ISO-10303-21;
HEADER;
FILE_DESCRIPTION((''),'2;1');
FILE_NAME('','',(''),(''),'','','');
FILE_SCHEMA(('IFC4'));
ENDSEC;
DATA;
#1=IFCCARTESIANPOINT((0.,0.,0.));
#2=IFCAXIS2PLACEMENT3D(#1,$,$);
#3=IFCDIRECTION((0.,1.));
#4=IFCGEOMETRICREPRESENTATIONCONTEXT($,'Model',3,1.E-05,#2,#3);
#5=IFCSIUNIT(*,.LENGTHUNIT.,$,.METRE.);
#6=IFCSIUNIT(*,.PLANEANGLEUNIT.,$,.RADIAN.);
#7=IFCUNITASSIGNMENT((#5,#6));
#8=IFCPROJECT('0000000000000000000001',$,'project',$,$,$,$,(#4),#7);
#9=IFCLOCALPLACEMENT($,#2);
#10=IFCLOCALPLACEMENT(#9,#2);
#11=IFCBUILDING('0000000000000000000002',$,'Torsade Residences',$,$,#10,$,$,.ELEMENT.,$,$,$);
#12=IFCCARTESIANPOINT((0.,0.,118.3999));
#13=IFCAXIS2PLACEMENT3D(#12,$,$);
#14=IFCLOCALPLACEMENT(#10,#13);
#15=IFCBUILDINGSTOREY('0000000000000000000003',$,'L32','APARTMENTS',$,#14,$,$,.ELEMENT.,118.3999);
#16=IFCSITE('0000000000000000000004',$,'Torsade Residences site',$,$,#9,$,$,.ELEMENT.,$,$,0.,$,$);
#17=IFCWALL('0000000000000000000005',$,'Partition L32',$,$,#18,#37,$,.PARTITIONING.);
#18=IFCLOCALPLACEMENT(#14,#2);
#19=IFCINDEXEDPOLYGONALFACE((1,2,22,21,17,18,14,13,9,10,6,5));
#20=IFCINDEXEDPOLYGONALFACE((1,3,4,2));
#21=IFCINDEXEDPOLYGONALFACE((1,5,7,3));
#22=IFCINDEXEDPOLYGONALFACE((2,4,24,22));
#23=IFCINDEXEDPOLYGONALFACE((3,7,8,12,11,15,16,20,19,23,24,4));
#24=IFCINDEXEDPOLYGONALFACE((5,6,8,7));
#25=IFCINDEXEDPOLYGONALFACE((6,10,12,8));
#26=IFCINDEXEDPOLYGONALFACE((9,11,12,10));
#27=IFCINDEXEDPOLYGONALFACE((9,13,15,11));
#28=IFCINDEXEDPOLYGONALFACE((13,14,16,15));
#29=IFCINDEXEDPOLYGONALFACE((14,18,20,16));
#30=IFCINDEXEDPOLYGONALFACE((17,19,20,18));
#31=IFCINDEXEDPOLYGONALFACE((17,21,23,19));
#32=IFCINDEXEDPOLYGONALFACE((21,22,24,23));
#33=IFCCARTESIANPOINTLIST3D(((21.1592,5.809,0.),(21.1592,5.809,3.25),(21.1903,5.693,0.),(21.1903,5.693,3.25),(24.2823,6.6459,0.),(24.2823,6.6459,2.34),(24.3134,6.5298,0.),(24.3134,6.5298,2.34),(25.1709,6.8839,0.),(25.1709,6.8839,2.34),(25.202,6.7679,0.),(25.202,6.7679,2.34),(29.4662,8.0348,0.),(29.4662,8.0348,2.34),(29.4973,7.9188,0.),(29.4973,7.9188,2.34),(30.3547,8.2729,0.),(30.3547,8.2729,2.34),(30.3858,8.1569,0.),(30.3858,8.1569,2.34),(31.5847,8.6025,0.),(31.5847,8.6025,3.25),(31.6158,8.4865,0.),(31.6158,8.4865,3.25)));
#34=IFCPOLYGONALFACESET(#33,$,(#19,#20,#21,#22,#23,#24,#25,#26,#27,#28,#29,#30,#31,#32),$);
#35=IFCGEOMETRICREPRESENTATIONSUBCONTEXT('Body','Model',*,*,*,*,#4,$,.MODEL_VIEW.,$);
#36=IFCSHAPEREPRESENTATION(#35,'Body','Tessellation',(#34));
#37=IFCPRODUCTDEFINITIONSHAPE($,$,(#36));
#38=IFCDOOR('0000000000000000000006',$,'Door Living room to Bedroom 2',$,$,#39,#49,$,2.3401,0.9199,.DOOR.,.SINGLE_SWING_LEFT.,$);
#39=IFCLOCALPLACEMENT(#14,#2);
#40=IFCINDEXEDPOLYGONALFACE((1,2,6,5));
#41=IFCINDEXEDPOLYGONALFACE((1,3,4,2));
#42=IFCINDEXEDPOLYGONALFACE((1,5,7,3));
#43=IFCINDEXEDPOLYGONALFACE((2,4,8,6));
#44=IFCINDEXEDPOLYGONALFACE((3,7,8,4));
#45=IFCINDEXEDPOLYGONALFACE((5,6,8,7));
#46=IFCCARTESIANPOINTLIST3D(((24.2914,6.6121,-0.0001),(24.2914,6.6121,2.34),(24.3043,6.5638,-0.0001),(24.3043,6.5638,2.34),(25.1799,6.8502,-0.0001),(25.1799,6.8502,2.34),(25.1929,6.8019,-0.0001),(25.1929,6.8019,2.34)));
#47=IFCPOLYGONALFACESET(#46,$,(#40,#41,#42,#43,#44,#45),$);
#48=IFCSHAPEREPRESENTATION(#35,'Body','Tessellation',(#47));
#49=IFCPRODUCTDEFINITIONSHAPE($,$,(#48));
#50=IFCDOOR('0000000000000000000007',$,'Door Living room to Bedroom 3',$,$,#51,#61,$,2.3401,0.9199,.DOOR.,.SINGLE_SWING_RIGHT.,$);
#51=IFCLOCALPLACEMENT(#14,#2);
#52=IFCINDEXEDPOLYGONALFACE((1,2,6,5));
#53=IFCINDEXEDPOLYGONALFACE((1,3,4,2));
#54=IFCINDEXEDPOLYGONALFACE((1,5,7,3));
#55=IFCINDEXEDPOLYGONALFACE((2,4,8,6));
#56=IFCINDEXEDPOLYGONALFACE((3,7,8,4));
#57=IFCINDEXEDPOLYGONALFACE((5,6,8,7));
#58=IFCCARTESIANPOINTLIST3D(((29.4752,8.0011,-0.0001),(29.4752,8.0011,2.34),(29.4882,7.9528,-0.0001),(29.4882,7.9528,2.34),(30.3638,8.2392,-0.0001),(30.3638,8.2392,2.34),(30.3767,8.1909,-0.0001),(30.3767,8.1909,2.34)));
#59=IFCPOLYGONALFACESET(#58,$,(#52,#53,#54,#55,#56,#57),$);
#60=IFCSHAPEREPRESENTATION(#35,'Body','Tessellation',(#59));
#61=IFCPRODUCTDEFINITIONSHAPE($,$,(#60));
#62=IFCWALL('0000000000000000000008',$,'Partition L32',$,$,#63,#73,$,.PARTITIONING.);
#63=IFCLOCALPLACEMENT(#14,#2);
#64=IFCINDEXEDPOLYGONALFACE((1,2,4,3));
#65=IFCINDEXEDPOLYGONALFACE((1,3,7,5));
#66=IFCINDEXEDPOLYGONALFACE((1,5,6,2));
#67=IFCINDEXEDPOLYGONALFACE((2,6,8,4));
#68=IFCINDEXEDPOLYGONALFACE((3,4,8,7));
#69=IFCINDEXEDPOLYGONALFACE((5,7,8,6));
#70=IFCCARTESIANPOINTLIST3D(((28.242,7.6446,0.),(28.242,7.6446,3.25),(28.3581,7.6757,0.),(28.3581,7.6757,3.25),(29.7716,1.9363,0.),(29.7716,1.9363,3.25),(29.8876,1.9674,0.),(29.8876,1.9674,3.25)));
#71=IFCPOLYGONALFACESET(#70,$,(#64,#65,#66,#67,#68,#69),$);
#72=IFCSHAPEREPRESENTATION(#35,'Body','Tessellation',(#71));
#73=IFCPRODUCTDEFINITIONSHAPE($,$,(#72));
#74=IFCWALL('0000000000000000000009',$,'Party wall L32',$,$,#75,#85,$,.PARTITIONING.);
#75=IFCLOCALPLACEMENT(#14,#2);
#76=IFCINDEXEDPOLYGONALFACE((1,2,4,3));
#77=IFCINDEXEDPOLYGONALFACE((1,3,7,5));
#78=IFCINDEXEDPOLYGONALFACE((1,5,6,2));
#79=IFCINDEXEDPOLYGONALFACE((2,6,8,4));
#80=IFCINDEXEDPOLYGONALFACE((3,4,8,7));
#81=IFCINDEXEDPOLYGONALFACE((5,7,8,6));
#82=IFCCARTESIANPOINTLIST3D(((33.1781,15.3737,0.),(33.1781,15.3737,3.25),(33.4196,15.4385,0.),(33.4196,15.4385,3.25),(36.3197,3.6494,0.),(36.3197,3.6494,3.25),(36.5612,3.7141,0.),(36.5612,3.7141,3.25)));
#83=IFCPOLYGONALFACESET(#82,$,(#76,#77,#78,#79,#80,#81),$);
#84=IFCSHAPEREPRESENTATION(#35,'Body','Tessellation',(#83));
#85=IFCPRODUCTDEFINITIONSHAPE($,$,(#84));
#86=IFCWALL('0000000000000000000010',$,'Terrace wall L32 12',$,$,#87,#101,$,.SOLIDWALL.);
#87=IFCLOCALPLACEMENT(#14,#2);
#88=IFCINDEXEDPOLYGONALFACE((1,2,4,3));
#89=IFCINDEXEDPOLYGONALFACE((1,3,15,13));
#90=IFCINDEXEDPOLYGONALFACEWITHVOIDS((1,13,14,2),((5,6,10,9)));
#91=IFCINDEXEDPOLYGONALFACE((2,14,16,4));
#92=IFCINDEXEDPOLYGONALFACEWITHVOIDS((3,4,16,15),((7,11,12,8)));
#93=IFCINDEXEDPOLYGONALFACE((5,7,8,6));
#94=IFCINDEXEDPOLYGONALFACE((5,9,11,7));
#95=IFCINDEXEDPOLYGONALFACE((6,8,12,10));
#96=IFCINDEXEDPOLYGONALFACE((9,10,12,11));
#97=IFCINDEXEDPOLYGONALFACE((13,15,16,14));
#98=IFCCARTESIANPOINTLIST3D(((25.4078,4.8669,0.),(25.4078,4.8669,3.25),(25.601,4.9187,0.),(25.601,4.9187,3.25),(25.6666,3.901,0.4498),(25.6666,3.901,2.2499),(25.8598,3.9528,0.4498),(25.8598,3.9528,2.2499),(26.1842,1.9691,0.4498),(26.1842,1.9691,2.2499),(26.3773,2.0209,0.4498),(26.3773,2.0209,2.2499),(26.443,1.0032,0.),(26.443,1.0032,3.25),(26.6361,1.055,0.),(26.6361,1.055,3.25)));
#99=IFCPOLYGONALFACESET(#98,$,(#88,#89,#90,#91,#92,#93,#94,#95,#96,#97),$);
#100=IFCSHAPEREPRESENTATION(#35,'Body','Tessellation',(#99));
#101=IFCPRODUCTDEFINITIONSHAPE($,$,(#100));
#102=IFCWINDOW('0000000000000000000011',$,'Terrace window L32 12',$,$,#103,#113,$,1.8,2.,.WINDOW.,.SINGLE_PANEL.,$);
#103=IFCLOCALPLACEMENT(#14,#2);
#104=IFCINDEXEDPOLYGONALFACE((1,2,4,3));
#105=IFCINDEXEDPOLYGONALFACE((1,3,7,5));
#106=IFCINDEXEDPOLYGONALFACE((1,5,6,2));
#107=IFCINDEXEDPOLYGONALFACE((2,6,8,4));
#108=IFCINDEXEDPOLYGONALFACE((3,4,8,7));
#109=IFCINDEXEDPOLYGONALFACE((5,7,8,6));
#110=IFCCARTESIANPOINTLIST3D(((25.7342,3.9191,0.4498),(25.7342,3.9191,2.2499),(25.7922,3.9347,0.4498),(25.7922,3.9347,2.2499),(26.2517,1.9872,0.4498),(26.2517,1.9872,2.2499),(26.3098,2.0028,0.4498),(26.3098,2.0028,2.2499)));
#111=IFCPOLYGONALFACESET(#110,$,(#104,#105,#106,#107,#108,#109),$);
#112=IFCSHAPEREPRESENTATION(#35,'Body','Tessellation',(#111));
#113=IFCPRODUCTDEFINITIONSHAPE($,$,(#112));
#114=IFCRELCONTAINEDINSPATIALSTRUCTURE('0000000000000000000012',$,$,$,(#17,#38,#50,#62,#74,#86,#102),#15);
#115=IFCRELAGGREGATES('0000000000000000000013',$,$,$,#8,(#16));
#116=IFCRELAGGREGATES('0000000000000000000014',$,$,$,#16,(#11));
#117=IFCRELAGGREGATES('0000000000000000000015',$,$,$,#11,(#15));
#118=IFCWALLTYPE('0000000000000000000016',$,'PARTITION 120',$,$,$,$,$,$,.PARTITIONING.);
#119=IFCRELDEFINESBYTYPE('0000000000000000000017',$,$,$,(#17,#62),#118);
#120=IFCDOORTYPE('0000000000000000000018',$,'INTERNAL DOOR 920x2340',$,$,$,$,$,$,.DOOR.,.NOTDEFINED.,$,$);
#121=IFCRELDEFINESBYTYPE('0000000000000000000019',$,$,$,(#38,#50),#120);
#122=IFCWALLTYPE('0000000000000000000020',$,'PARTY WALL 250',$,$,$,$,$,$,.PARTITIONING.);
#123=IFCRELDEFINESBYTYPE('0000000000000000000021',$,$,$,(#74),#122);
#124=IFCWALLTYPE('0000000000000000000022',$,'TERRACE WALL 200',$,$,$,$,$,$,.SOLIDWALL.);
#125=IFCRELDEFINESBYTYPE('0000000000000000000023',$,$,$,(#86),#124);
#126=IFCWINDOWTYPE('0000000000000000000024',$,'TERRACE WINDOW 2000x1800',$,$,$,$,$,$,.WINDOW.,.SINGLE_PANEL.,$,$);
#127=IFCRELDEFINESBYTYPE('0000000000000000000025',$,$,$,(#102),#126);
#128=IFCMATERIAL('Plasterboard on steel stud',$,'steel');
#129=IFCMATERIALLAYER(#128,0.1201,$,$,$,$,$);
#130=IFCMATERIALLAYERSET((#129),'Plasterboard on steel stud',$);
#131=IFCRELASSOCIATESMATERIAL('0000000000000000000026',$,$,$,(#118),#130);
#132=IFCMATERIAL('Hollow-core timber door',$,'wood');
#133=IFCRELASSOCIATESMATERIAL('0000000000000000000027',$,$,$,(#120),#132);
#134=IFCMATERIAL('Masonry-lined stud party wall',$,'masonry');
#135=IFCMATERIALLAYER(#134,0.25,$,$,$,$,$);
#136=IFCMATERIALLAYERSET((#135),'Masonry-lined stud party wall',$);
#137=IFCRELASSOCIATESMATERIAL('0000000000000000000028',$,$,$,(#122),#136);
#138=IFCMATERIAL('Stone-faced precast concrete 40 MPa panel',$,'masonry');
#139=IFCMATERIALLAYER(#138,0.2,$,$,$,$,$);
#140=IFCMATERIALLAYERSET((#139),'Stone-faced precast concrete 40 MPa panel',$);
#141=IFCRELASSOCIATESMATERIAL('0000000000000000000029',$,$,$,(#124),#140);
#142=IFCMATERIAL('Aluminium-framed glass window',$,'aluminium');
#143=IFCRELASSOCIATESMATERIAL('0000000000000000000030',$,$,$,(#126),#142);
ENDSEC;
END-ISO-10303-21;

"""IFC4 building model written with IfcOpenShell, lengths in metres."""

from ifc_helpers import new_model, si_unit, direction, frame, frame_2d, origin, place, context, subcontext, project, spatial, rectangle, extrude, material, layer, layer_set, type_object, element, fill, save


model = new_model("IFC4")

# Units and contexts
model_context = context("Model", 3, precision=1e-05, world=origin(), true_north=direction((0.0, 1.0)))
body_context = subcontext(model_context, "Body", "Model", "MODEL_VIEW")
ifc_project = project(units=[si_unit("LENGTHUNIT", "METRE"), si_unit("PLANEANGLEUNIT", "RADIAN")], contexts=[model_context])

# Site, building, storey
site_placement = place(None, origin())
site = spatial("IfcSite", under=ifc_project, at=site_placement, Name="Torsade Residences site", CompositionType="ELEMENT", RefElevation=0.0)
building_placement = place(site_placement, origin())
building = spatial("IfcBuilding", under=site, at=building_placement, Name="Torsade Residences", CompositionType="ELEMENT")
storey_placement = place(building_placement, frame((0.0, 0.0, 118.3999)))
storey = spatial("IfcBuildingStorey", under=building, at=storey_placement, Name="L32", Description="APARTMENTS", CompositionType="ELEMENT", Elevation=118.3999)

# Wall, openings, doors
ifc_material_1 = material(Name="Plasterboard on steel stud", Category="steel")
ifc_layer_1 = layer(ifc_material_1, 0.1201)
ifc_layer_set_1 = layer_set([ifc_layer_1], Name="Plasterboard on steel stud")
wall_type_1 = type_object("IfcWallType", Name="PARTITION 120", PredefinedType="PARTITIONING", material=ifc_layer_set_1)
wall_1_placement = place(storey_placement, frame((31.6001, 8.5444, 0.0), z_axis=(0.0, 0.0, 1.0), x_axis=(-0.965927, -0.258814, 0.0)))
wall_1 = element("IfcWall", 1, at=wall_1_placement, inside=storey, type_object=wall_type_1, Name="Partition L32", PredefinedType="PARTITIONING", context=body_context, shape_type="SweptSolid", body=[
    extrude(rectangle(XDim=10.7932, YDim=0.1201, at=frame_2d((5.3965, 0.0))), origin(), (0.0, 0.0, 1.0), 3.25),
])
opening_1_placement = place(wall_1_placement, frame((6.6399, 0.0, 0.0)))
opening_1 = element("IfcOpeningElement", 2, at=opening_1_placement, cuts=wall_1, PredefinedType="OPENING", context=body_context, shape_type="SweptSolid", body=[
    extrude(rectangle(XDim=0.9199, YDim=2.3401, at=frame_2d((0.46, 1.1699))), frame((0.0, 0.0701, 0.0), z_axis=(0.0, -1.0, 0.0), x_axis=(1.0, 0.0, 0.0)), (0.0, 0.0, 1.0), 0.1401),
])
opening_2_placement = place(wall_1_placement, frame((1.2732, 0.0, 0.0)))
opening_2 = element("IfcOpeningElement", 3, at=opening_2_placement, cuts=wall_1, PredefinedType="OPENING", context=body_context, shape_type="SweptSolid", body=[
    extrude(rectangle(XDim=0.9199, YDim=2.3401, at=frame_2d((0.46, 1.1699))), frame((0.0, 0.0701, 0.0), z_axis=(0.0, -1.0, 0.0), x_axis=(1.0, 0.0, 0.0)), (0.0, 0.0, 1.0), 0.1401),
])
ifc_material_2 = material(Name="Hollow-core timber door", Category="wood")
door_type = type_object("IfcDoorType", Name="INTERNAL DOOR 920x2340", OperationType="NOTDEFINED", PredefinedType="DOOR", material=ifc_material_2)
door_1_placement = place(opening_1_placement, origin())
door_1 = element("IfcDoor", 4, at=door_1_placement, inside=storey, type_object=door_type, Name="Door Living room to Bedroom 2", OperationType="SINGLE_SWING_LEFT", OverallHeight=2.3401, OverallWidth=0.9199, PredefinedType="DOOR", context=body_context, shape_type="SweptSolid", body=[
    extrude(rectangle(XDim=0.9199, YDim=2.3401, at=frame_2d((0.46, 1.1699))), frame((0.0, 0.0249, 0.0), z_axis=(0.0, -1.0, 0.0), x_axis=(1.0, 0.0, 0.0)), (0.0, 0.0, 1.0), 0.05),
])
fill(opening_1, door_1)
door_2_placement = place(opening_2_placement, origin())
door_2 = element("IfcDoor", 5, at=door_2_placement, inside=storey, type_object=door_type, Name="Door Living room to Bedroom 3", OperationType="SINGLE_SWING_RIGHT", OverallHeight=2.3401, OverallWidth=0.9199, PredefinedType="DOOR", context=body_context, shape_type="SweptSolid", body=[
    extrude(rectangle(XDim=0.9199, YDim=2.3401, at=frame_2d((0.46, 1.1699))), frame((0.0, 0.0249, 0.0), z_axis=(0.0, -1.0, 0.0), x_axis=(1.0, 0.0, 0.0)), (0.0, 0.0, 1.0), 0.05),
])
fill(opening_2, door_2)

# Walls
wall_2_placement = place(storey_placement, frame((28.3, 7.6602, 0.0), z_axis=(0.0, 0.0, 1.0), x_axis=(0.258822, -0.965925, 0.0)))
element("IfcWall", 6, at=wall_2_placement, inside=storey, type_object=wall_type_1, Name="Partition L32", PredefinedType="PARTITIONING", context=body_context, shape_type="SweptSolid", body=[
    extrude(rectangle(XDim=5.9097, YDim=0.1201, at=frame_2d((2.9548, 0.0))), origin(), (0.0, 0.0, 1.0), 3.25),
])
ifc_material_3 = material(Name="Masonry-lined stud party wall", Category="masonry")
ifc_layer_2 = layer(ifc_material_3, 0.25)
ifc_layer_set_2 = layer_set([ifc_layer_2], Name="Masonry-lined stud party wall")
wall_type_2 = type_object("IfcWallType", Name="PARTY WALL 250", PredefinedType="PARTITIONING", material=ifc_layer_set_2)
wall_3_placement = place(storey_placement, frame((36.4404, 3.6819, 0.0), z_axis=(0.0, 0.0, 1.0), x_axis=(-0.258824, 0.965924, 0.0)))
element("IfcWall", 7, at=wall_3_placement, inside=storey, type_object=wall_type_2, Name="Party wall L32", PredefinedType="PARTITIONING", context=body_context, shape_type="SweptSolid", body=[
    extrude(rectangle(XDim=12.1379, YDim=0.25, at=frame_2d((6.0688, 0.0))), origin(), (0.0, 0.0, 1.0), 3.25),
])

# Wall, opening, window
ifc_material_4 = material(Name="Stone-faced precast concrete 40 MPa panel", Category="masonry")
ifc_layer_3 = layer(ifc_material_4, 0.2)
ifc_layer_set_3 = layer_set([ifc_layer_3], Name="Stone-faced precast concrete 40 MPa panel")
wall_type_3 = type_object("IfcWallType", Name="TERRACE WALL 200", PredefinedType="SOLIDWALL", material=ifc_layer_set_3)
wall_4_placement = place(storey_placement, frame((25.5044, 4.8928, 0.0), z_axis=(0.0, 0.0, 1.0), x_axis=(0.258787, -0.965934, 0.0)))
wall_4 = element("IfcWall", 8, at=wall_4_placement, inside=storey, type_object=wall_type_3, Name="Terrace wall L32 12", PredefinedType="SOLIDWALL", context=body_context, shape_type="SweptSolid", body=[
    extrude(rectangle(XDim=4.0, YDim=0.2, at=frame_2d((2.0, 0.0))), origin(), (0.0, 0.0, 1.0), 3.25),
])
opening_3_placement = place(wall_4_placement, frame((1.0, 0.0, 0.45)))
opening_3 = element("IfcOpeningElement", 9, at=opening_3_placement, cuts=wall_4, PredefinedType="OPENING", context=body_context, shape_type="SweptSolid", body=[
    extrude(rectangle(XDim=2.0, YDim=1.8, at=frame_2d((1.0, 0.8999))), frame((0.0, 0.1099, 0.0), z_axis=(0.0, -1.0, 0.0), x_axis=(1.0, 0.0, 0.0)), (0.0, 0.0, 1.0), 0.22),
])
ifc_material_5 = material(Name="Aluminium-framed glass window", Category="aluminium")
window_type = type_object("IfcWindowType", Name="TERRACE WINDOW 2000x1800", PartitioningType="SINGLE_PANEL", PredefinedType="WINDOW", material=ifc_material_5)
window_placement = place(opening_3_placement, origin())
window = element("IfcWindow", 10, at=window_placement, inside=storey, type_object=window_type, Name="Terrace window L32 12", OverallHeight=1.8, OverallWidth=2.0, PartitioningType="SINGLE_PANEL", PredefinedType="WINDOW", context=body_context, shape_type="SweptSolid", body=[
    extrude(rectangle(XDim=2.0, YDim=1.8, at=frame_2d((1.0, 0.8999))), frame((0.0, 0.03, 0.0), z_axis=(0.0, -1.0, 0.0), x_axis=(1.0, 0.0, 0.0)), (0.0, 0.0, 1.0), 0.0601),
])
fill(opening_3, window)

save(model, "model.ifc")
